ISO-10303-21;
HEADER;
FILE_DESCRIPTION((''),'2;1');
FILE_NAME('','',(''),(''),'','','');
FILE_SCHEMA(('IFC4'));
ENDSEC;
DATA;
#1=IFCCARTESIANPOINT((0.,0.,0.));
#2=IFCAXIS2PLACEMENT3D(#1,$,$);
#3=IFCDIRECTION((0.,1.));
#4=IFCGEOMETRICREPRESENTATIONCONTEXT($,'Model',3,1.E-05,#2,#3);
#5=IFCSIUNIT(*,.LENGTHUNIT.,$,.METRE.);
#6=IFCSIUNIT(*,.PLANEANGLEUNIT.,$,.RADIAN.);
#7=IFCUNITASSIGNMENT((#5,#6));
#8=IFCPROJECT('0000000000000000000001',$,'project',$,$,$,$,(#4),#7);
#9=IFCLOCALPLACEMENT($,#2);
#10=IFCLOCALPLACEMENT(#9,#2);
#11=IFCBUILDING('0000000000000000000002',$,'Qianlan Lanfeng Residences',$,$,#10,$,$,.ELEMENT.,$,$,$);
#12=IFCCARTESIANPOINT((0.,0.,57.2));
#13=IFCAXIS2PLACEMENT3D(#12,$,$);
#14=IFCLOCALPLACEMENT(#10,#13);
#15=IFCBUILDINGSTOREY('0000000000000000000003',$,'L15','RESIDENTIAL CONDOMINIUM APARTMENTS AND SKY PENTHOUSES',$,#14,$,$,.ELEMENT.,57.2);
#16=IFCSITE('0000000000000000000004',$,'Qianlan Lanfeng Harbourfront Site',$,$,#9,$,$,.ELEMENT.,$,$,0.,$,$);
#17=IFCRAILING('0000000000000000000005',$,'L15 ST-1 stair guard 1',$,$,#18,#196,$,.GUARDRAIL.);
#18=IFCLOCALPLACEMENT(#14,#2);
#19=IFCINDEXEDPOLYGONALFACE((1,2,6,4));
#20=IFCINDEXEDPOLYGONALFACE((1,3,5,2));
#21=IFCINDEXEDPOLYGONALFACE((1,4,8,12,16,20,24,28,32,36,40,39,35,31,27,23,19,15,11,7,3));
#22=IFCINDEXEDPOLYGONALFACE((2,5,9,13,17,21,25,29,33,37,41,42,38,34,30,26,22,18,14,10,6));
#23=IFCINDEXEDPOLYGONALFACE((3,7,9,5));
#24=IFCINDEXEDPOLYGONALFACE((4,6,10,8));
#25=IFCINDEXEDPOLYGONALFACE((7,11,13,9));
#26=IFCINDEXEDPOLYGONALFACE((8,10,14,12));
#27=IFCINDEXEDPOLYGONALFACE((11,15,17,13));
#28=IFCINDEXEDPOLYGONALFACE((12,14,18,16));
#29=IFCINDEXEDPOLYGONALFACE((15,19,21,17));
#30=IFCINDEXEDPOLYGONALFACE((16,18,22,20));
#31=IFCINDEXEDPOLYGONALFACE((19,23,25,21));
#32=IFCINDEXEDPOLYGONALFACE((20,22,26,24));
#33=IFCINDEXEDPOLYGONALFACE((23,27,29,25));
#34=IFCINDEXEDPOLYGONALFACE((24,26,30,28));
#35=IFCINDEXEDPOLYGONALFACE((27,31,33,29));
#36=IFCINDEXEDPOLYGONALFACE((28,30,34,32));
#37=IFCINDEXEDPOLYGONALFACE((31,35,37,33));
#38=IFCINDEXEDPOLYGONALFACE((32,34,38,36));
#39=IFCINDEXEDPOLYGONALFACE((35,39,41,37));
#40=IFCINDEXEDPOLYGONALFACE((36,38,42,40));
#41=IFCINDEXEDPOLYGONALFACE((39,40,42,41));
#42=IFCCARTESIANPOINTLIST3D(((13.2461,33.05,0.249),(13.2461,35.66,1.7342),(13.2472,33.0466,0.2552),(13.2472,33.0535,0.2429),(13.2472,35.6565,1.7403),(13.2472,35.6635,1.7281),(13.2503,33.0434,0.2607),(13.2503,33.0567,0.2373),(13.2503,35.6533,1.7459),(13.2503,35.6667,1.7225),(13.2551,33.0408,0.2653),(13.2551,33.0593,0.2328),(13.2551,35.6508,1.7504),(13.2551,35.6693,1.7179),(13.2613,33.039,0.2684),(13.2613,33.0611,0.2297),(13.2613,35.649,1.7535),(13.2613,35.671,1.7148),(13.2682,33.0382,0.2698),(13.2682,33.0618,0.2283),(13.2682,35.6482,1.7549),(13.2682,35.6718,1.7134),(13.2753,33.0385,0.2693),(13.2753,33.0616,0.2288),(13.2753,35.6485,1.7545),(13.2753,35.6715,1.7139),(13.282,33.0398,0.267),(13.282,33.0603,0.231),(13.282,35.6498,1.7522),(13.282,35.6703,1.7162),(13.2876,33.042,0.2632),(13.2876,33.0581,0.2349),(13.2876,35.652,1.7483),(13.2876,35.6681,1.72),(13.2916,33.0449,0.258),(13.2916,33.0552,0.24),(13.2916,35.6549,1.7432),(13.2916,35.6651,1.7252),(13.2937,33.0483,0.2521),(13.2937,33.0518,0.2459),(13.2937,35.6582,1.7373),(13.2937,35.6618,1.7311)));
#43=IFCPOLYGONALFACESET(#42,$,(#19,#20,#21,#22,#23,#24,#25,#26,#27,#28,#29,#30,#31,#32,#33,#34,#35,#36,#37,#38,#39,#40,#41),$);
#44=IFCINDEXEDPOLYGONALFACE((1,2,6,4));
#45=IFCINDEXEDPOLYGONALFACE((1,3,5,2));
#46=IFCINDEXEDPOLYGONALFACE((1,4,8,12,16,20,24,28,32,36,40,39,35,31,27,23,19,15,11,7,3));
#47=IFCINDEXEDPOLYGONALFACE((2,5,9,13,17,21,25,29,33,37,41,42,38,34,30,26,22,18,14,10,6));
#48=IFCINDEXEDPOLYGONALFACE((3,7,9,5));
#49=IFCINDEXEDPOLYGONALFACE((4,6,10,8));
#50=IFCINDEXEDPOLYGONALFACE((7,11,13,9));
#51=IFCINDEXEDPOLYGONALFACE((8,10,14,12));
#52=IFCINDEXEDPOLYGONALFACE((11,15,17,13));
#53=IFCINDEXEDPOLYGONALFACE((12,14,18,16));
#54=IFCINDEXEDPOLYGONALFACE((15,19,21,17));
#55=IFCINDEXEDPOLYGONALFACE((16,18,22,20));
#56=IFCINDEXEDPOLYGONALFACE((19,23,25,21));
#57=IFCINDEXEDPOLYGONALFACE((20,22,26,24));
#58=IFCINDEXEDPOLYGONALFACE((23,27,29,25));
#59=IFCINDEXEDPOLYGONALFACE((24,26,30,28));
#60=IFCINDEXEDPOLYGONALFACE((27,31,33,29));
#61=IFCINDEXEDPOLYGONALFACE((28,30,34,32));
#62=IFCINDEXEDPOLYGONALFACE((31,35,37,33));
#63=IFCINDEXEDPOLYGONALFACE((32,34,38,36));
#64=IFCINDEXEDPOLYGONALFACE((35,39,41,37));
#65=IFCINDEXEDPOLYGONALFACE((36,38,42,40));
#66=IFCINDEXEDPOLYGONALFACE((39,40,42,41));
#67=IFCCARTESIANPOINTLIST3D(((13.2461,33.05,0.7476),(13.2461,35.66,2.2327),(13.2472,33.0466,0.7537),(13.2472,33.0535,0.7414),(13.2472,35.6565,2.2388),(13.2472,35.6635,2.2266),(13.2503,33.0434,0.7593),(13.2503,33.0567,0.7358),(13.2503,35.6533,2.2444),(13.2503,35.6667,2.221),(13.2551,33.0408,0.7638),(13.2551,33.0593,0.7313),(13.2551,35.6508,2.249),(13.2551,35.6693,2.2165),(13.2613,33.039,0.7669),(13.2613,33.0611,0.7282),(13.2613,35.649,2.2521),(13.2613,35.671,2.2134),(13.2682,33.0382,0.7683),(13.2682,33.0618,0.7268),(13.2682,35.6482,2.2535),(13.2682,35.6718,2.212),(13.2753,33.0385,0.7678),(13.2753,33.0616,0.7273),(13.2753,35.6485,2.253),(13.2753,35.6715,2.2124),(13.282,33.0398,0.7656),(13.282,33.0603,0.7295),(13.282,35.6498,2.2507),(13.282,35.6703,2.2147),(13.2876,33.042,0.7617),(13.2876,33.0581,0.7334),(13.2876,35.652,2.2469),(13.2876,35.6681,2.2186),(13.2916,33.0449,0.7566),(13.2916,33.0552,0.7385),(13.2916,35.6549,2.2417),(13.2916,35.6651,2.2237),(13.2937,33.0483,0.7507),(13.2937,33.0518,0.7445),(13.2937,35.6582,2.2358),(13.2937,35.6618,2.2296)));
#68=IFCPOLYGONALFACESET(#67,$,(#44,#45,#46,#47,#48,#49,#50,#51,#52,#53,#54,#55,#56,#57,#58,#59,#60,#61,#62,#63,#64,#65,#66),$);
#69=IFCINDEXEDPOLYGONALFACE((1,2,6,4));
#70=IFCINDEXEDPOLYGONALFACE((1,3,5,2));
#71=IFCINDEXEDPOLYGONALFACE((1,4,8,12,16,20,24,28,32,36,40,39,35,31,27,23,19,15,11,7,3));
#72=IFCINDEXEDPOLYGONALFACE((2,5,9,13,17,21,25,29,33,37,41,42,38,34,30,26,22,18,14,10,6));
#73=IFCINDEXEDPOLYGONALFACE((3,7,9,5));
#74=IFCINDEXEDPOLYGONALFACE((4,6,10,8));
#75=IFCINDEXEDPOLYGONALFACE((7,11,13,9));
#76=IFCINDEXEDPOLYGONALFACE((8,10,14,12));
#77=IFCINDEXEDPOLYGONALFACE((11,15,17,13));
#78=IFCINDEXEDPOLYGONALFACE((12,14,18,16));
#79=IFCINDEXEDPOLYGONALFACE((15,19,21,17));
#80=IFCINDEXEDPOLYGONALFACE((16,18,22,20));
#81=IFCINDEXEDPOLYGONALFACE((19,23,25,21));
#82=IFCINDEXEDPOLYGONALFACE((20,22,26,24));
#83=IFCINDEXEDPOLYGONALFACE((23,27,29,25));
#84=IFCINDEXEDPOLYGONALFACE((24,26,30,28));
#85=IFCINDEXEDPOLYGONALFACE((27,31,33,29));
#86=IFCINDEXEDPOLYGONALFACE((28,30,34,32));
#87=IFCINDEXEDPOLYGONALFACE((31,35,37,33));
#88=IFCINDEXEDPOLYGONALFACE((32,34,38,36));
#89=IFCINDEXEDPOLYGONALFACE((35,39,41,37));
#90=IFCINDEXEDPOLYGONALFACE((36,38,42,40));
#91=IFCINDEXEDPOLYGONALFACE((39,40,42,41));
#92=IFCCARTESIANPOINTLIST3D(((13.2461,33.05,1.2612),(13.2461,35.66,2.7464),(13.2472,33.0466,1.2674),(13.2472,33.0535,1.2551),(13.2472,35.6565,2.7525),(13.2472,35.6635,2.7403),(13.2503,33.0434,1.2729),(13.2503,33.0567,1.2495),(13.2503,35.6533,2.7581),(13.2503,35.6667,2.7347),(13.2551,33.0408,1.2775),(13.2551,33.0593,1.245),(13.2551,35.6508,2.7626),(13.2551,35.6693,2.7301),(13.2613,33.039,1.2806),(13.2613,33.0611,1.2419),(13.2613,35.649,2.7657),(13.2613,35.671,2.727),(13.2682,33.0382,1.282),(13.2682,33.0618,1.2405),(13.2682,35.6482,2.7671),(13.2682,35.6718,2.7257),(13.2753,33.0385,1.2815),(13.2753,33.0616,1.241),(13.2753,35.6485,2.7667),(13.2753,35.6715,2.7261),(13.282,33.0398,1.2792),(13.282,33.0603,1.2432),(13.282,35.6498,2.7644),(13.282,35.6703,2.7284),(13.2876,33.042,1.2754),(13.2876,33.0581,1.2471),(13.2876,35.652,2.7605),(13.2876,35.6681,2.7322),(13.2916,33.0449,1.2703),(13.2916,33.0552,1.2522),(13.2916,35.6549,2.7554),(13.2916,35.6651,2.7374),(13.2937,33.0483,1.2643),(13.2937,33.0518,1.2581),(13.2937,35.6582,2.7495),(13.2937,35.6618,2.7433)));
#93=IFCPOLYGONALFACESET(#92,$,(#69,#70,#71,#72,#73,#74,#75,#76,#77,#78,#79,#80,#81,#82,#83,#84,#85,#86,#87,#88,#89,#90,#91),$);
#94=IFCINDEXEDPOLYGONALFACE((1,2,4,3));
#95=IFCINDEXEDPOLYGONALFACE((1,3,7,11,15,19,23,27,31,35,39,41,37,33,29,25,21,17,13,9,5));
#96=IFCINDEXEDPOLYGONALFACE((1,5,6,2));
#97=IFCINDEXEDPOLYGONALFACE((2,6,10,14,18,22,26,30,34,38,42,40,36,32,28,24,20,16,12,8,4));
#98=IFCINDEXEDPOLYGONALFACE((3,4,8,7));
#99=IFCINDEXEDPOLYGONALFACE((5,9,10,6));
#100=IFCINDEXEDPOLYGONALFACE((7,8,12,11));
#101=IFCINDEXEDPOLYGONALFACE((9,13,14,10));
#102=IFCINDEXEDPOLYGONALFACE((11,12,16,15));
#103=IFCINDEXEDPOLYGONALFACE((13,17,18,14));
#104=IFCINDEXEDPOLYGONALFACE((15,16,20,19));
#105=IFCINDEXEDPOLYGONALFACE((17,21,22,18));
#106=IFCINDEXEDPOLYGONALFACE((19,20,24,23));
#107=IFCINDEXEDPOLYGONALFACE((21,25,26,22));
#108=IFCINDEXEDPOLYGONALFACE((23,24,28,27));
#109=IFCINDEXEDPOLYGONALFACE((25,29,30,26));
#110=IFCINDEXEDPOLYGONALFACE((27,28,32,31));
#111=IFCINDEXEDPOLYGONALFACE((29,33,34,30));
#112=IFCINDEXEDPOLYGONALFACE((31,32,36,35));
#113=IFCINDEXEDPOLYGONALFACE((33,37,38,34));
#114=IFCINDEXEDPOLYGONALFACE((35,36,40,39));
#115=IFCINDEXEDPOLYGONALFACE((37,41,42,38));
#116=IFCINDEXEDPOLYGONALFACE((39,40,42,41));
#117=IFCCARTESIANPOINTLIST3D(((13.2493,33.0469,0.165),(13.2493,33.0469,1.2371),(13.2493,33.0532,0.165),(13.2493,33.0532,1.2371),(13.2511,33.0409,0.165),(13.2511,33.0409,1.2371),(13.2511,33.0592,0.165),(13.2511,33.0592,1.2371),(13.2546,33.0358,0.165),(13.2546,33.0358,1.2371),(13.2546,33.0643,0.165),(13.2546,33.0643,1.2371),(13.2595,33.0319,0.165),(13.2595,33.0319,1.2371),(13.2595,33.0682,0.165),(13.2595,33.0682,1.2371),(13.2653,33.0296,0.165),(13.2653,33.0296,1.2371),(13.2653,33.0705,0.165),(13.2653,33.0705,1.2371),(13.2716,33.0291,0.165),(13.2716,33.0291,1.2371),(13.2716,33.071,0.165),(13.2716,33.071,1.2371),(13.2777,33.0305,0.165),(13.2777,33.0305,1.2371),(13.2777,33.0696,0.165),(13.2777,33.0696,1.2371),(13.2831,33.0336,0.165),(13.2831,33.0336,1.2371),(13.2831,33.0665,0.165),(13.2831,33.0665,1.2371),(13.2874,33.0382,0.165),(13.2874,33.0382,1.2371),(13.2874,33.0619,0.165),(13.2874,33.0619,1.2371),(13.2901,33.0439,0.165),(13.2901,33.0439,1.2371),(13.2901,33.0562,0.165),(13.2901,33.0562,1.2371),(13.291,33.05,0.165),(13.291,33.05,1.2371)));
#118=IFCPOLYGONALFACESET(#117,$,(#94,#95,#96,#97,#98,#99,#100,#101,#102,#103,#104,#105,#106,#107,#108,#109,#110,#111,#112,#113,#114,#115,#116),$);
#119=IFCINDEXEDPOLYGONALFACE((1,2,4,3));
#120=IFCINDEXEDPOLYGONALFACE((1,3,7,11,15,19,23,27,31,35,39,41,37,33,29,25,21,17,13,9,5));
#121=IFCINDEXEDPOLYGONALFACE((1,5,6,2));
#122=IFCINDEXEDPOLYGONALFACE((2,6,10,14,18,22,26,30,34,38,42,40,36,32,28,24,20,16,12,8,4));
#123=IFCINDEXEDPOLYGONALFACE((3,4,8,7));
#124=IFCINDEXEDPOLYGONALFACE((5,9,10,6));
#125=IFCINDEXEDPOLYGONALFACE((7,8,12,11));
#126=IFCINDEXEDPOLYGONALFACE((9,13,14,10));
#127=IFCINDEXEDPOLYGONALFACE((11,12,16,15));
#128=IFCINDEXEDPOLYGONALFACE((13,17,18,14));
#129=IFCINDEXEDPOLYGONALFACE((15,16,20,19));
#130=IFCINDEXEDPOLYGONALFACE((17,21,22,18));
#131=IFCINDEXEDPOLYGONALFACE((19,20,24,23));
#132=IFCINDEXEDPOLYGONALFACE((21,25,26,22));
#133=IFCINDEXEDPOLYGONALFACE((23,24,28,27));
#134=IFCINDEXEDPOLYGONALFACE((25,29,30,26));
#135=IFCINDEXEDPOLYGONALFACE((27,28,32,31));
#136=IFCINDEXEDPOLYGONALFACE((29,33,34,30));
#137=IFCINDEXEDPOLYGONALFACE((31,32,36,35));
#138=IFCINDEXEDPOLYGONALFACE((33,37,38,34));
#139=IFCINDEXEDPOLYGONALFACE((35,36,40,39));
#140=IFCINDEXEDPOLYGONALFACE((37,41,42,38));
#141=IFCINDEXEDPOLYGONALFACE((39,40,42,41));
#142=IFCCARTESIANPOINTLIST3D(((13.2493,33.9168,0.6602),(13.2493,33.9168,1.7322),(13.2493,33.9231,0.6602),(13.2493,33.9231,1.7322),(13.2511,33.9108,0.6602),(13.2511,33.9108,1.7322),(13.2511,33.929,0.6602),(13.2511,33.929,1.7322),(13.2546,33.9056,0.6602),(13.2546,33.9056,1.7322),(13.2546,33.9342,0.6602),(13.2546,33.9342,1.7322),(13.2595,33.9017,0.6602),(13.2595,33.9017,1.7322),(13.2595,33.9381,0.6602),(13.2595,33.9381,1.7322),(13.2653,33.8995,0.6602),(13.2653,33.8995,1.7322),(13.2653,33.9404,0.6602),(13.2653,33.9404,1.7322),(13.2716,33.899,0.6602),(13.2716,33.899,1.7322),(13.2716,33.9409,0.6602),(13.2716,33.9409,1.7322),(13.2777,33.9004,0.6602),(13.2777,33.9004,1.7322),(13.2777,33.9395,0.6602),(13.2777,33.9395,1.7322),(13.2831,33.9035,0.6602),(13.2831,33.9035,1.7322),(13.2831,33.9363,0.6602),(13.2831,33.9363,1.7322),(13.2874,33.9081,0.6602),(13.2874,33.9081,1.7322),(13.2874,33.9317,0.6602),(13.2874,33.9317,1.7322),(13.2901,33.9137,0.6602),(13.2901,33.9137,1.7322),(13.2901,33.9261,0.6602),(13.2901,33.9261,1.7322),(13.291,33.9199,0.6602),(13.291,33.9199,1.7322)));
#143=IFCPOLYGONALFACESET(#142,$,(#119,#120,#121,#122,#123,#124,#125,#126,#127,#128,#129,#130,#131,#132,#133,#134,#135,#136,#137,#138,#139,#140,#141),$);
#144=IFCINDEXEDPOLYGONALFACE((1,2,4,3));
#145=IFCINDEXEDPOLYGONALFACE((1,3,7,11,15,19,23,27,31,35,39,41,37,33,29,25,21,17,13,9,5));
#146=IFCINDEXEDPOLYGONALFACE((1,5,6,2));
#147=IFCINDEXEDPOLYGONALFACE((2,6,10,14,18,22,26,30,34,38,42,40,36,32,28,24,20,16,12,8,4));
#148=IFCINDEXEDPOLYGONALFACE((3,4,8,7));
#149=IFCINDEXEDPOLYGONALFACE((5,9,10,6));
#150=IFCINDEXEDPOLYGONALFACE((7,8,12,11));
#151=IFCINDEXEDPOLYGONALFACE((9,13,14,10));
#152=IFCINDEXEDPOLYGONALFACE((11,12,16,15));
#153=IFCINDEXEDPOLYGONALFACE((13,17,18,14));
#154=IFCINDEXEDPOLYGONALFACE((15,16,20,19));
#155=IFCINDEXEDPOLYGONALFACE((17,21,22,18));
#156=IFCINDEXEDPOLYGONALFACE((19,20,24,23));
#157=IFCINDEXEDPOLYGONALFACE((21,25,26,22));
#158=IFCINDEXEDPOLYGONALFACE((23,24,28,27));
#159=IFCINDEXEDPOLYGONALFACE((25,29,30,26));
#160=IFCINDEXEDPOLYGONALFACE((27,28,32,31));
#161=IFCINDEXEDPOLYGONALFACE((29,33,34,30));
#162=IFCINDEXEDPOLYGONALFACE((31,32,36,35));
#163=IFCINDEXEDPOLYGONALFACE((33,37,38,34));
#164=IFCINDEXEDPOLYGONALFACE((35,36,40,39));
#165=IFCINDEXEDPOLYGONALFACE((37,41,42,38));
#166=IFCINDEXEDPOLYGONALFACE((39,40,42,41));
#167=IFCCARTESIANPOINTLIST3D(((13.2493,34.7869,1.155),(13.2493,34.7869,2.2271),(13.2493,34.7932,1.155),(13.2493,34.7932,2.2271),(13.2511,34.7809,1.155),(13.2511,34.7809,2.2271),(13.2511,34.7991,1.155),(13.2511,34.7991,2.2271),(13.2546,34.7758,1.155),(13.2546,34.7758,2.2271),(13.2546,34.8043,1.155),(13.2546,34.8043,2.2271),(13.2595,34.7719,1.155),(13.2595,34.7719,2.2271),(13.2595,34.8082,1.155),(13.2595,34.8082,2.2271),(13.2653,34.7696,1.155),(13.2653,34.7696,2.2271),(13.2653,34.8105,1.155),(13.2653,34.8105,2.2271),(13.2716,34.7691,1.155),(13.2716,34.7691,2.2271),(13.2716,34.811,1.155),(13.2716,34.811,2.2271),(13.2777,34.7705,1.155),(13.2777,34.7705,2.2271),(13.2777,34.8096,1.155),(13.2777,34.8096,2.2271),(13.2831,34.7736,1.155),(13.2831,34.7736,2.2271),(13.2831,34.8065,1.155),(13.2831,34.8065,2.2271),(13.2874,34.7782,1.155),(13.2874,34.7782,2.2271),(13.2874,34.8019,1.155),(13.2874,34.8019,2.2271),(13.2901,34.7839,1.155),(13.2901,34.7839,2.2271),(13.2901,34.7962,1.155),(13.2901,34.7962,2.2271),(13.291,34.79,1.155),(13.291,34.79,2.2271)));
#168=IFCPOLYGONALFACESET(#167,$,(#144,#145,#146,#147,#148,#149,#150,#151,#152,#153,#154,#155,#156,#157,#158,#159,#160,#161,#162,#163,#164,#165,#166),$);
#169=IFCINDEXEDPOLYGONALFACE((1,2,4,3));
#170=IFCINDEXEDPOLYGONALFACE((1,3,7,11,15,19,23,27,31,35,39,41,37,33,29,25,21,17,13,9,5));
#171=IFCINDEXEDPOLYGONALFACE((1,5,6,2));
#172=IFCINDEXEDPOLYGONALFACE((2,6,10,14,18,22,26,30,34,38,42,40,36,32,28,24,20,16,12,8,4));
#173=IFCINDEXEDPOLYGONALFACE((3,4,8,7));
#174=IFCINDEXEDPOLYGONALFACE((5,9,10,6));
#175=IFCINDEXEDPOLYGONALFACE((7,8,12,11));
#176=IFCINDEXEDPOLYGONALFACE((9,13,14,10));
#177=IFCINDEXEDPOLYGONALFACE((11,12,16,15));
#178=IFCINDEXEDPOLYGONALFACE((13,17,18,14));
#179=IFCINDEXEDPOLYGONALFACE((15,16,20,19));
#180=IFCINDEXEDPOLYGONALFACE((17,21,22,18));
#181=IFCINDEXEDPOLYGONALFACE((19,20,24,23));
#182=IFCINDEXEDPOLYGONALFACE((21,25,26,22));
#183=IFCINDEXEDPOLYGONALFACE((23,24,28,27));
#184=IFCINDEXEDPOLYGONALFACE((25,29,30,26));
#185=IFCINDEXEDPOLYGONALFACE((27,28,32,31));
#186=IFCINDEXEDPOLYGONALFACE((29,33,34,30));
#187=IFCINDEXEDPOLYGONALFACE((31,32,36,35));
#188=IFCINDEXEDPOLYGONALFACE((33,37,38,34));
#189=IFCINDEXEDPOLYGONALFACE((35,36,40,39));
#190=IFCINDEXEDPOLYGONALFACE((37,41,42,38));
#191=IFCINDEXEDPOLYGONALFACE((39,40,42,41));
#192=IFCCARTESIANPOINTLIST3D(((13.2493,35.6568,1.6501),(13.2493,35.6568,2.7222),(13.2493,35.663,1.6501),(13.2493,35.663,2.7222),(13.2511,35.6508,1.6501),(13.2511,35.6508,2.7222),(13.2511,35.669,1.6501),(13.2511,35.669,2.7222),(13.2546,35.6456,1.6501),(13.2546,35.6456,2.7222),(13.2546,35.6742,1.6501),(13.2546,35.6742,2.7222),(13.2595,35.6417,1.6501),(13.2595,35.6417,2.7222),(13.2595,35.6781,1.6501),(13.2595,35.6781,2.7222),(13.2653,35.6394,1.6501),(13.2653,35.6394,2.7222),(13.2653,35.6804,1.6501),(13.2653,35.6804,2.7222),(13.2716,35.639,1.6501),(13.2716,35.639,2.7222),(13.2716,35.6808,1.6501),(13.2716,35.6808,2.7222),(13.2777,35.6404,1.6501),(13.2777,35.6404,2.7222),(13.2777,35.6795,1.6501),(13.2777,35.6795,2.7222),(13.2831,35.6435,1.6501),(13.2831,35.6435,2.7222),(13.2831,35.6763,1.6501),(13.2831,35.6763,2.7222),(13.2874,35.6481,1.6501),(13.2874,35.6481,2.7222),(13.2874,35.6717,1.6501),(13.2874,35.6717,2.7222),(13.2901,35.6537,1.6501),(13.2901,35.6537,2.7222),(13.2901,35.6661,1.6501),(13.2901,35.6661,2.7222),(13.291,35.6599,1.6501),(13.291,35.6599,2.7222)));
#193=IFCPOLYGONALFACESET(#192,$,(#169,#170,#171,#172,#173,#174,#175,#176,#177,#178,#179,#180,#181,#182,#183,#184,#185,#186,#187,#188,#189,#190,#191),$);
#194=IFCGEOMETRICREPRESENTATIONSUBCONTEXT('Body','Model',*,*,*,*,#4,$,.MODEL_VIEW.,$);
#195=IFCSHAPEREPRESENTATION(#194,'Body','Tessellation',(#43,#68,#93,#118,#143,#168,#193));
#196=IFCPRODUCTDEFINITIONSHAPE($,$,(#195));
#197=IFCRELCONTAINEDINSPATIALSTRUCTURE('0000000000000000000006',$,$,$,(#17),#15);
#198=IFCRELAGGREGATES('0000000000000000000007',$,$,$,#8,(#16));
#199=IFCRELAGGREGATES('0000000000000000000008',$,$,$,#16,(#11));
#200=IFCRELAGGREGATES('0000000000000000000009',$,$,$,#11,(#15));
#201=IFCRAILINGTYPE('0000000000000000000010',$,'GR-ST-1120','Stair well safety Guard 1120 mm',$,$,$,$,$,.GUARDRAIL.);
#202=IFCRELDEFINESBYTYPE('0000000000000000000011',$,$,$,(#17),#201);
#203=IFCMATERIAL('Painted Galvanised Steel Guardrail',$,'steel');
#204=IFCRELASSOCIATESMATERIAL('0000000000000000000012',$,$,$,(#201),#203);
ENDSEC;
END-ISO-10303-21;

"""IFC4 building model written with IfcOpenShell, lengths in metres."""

from ifc_helpers import new_model, si_unit, direction, frame, origin, origin_2d, place, context, subcontext, project, spatial, circle, extrude, material, type_object, element, save


model = new_model("IFC4")

# Units and contexts
model_context = context("Model", 3, precision=1e-05, world=origin(), true_north=direction((0.0, 1.0)))
body_context = subcontext(model_context, "Body", "Model", "MODEL_VIEW")
ifc_project = project(units=[si_unit("LENGTHUNIT", "METRE"), si_unit("PLANEANGLEUNIT", "RADIAN")], contexts=[model_context])

# Site, building, storey
site_placement = place(None, origin())
site = spatial("IfcSite", under=ifc_project, at=site_placement, Name="Qianlan Lanfeng Harbourfront Site", CompositionType="ELEMENT", RefElevation=0.0)
building_placement = place(site_placement, origin())
building = spatial("IfcBuilding", under=site, at=building_placement, Name="Qianlan Lanfeng Residences", CompositionType="ELEMENT")
storey_placement = place(building_placement, frame((0.0, 0.0, 57.2)))
storey = spatial("IfcBuildingStorey", under=building, at=storey_placement, Name="L15", Description="RESIDENTIAL CONDOMINIUM APARTMENTS AND SKY PENTHOUSES", CompositionType="ELEMENT", Elevation=57.2)

# Railing
ifc_material_1 = material(Name="Painted Galvanised Steel Guardrail", Category="steel")
railing_type_1 = type_object("IfcRailingType", Name="GR-ST-1120", Description="Stair well safety Guard 1120 mm", PredefinedType="GUARDRAIL", material=ifc_material_1)
railing_1_placement = place(storey_placement, frame((13.27, 33.05, 0.165)))
element("IfcRailing", 1, at=railing_1_placement, inside=storey, type_object=railing_type_1, Name="L15 ST-1 stair guard 1", PredefinedType="GUARDRAIL", context=body_context, shape_type="SweptSolid", body=[
    extrude(circle(Radius=0.0239, at=origin_2d()), frame((0.0, 0.0, 0.084), z_axis=(0.0, 0.869137, 0.494571), x_axis=(-1.0, 0.0, 0.0)), (0.0, 0.0, 1.0), 3.0029),
    extrude(circle(Radius=0.0239, at=origin_2d()), frame((0.0, 0.0, 0.5825), z_axis=(0.0, 0.869137, 0.494571), x_axis=(-1.0, 0.0, 0.0)), (0.0, 0.0, 1.0), 3.0029),
    extrude(circle(Radius=0.0239, at=origin_2d()), frame((0.0, 0.0, 1.0962), z_axis=(0.0, 0.869137, 0.494571), x_axis=(-1.0, 0.0, 0.0)), (0.0, 0.0, 1.0), 3.0029),
    extrude(circle(Radius=0.021, at=origin_2d()), origin(), (0.0, 0.0, 1.0), 1.072),
    extrude(circle(Radius=0.021, at=origin_2d()), frame((0.0, 0.8699, 0.4951)), (0.0, 0.0, 1.0), 1.072),
    extrude(circle(Radius=0.021, at=origin_2d()), frame((0.0, 1.74, 0.99)), (0.0, 0.0, 1.0), 1.072),
    extrude(circle(Radius=0.021, at=origin_2d()), frame((0.0, 2.6099, 1.4851)), (0.0, 0.0, 1.0), 1.072),
])

save(model, "model.ifc")
